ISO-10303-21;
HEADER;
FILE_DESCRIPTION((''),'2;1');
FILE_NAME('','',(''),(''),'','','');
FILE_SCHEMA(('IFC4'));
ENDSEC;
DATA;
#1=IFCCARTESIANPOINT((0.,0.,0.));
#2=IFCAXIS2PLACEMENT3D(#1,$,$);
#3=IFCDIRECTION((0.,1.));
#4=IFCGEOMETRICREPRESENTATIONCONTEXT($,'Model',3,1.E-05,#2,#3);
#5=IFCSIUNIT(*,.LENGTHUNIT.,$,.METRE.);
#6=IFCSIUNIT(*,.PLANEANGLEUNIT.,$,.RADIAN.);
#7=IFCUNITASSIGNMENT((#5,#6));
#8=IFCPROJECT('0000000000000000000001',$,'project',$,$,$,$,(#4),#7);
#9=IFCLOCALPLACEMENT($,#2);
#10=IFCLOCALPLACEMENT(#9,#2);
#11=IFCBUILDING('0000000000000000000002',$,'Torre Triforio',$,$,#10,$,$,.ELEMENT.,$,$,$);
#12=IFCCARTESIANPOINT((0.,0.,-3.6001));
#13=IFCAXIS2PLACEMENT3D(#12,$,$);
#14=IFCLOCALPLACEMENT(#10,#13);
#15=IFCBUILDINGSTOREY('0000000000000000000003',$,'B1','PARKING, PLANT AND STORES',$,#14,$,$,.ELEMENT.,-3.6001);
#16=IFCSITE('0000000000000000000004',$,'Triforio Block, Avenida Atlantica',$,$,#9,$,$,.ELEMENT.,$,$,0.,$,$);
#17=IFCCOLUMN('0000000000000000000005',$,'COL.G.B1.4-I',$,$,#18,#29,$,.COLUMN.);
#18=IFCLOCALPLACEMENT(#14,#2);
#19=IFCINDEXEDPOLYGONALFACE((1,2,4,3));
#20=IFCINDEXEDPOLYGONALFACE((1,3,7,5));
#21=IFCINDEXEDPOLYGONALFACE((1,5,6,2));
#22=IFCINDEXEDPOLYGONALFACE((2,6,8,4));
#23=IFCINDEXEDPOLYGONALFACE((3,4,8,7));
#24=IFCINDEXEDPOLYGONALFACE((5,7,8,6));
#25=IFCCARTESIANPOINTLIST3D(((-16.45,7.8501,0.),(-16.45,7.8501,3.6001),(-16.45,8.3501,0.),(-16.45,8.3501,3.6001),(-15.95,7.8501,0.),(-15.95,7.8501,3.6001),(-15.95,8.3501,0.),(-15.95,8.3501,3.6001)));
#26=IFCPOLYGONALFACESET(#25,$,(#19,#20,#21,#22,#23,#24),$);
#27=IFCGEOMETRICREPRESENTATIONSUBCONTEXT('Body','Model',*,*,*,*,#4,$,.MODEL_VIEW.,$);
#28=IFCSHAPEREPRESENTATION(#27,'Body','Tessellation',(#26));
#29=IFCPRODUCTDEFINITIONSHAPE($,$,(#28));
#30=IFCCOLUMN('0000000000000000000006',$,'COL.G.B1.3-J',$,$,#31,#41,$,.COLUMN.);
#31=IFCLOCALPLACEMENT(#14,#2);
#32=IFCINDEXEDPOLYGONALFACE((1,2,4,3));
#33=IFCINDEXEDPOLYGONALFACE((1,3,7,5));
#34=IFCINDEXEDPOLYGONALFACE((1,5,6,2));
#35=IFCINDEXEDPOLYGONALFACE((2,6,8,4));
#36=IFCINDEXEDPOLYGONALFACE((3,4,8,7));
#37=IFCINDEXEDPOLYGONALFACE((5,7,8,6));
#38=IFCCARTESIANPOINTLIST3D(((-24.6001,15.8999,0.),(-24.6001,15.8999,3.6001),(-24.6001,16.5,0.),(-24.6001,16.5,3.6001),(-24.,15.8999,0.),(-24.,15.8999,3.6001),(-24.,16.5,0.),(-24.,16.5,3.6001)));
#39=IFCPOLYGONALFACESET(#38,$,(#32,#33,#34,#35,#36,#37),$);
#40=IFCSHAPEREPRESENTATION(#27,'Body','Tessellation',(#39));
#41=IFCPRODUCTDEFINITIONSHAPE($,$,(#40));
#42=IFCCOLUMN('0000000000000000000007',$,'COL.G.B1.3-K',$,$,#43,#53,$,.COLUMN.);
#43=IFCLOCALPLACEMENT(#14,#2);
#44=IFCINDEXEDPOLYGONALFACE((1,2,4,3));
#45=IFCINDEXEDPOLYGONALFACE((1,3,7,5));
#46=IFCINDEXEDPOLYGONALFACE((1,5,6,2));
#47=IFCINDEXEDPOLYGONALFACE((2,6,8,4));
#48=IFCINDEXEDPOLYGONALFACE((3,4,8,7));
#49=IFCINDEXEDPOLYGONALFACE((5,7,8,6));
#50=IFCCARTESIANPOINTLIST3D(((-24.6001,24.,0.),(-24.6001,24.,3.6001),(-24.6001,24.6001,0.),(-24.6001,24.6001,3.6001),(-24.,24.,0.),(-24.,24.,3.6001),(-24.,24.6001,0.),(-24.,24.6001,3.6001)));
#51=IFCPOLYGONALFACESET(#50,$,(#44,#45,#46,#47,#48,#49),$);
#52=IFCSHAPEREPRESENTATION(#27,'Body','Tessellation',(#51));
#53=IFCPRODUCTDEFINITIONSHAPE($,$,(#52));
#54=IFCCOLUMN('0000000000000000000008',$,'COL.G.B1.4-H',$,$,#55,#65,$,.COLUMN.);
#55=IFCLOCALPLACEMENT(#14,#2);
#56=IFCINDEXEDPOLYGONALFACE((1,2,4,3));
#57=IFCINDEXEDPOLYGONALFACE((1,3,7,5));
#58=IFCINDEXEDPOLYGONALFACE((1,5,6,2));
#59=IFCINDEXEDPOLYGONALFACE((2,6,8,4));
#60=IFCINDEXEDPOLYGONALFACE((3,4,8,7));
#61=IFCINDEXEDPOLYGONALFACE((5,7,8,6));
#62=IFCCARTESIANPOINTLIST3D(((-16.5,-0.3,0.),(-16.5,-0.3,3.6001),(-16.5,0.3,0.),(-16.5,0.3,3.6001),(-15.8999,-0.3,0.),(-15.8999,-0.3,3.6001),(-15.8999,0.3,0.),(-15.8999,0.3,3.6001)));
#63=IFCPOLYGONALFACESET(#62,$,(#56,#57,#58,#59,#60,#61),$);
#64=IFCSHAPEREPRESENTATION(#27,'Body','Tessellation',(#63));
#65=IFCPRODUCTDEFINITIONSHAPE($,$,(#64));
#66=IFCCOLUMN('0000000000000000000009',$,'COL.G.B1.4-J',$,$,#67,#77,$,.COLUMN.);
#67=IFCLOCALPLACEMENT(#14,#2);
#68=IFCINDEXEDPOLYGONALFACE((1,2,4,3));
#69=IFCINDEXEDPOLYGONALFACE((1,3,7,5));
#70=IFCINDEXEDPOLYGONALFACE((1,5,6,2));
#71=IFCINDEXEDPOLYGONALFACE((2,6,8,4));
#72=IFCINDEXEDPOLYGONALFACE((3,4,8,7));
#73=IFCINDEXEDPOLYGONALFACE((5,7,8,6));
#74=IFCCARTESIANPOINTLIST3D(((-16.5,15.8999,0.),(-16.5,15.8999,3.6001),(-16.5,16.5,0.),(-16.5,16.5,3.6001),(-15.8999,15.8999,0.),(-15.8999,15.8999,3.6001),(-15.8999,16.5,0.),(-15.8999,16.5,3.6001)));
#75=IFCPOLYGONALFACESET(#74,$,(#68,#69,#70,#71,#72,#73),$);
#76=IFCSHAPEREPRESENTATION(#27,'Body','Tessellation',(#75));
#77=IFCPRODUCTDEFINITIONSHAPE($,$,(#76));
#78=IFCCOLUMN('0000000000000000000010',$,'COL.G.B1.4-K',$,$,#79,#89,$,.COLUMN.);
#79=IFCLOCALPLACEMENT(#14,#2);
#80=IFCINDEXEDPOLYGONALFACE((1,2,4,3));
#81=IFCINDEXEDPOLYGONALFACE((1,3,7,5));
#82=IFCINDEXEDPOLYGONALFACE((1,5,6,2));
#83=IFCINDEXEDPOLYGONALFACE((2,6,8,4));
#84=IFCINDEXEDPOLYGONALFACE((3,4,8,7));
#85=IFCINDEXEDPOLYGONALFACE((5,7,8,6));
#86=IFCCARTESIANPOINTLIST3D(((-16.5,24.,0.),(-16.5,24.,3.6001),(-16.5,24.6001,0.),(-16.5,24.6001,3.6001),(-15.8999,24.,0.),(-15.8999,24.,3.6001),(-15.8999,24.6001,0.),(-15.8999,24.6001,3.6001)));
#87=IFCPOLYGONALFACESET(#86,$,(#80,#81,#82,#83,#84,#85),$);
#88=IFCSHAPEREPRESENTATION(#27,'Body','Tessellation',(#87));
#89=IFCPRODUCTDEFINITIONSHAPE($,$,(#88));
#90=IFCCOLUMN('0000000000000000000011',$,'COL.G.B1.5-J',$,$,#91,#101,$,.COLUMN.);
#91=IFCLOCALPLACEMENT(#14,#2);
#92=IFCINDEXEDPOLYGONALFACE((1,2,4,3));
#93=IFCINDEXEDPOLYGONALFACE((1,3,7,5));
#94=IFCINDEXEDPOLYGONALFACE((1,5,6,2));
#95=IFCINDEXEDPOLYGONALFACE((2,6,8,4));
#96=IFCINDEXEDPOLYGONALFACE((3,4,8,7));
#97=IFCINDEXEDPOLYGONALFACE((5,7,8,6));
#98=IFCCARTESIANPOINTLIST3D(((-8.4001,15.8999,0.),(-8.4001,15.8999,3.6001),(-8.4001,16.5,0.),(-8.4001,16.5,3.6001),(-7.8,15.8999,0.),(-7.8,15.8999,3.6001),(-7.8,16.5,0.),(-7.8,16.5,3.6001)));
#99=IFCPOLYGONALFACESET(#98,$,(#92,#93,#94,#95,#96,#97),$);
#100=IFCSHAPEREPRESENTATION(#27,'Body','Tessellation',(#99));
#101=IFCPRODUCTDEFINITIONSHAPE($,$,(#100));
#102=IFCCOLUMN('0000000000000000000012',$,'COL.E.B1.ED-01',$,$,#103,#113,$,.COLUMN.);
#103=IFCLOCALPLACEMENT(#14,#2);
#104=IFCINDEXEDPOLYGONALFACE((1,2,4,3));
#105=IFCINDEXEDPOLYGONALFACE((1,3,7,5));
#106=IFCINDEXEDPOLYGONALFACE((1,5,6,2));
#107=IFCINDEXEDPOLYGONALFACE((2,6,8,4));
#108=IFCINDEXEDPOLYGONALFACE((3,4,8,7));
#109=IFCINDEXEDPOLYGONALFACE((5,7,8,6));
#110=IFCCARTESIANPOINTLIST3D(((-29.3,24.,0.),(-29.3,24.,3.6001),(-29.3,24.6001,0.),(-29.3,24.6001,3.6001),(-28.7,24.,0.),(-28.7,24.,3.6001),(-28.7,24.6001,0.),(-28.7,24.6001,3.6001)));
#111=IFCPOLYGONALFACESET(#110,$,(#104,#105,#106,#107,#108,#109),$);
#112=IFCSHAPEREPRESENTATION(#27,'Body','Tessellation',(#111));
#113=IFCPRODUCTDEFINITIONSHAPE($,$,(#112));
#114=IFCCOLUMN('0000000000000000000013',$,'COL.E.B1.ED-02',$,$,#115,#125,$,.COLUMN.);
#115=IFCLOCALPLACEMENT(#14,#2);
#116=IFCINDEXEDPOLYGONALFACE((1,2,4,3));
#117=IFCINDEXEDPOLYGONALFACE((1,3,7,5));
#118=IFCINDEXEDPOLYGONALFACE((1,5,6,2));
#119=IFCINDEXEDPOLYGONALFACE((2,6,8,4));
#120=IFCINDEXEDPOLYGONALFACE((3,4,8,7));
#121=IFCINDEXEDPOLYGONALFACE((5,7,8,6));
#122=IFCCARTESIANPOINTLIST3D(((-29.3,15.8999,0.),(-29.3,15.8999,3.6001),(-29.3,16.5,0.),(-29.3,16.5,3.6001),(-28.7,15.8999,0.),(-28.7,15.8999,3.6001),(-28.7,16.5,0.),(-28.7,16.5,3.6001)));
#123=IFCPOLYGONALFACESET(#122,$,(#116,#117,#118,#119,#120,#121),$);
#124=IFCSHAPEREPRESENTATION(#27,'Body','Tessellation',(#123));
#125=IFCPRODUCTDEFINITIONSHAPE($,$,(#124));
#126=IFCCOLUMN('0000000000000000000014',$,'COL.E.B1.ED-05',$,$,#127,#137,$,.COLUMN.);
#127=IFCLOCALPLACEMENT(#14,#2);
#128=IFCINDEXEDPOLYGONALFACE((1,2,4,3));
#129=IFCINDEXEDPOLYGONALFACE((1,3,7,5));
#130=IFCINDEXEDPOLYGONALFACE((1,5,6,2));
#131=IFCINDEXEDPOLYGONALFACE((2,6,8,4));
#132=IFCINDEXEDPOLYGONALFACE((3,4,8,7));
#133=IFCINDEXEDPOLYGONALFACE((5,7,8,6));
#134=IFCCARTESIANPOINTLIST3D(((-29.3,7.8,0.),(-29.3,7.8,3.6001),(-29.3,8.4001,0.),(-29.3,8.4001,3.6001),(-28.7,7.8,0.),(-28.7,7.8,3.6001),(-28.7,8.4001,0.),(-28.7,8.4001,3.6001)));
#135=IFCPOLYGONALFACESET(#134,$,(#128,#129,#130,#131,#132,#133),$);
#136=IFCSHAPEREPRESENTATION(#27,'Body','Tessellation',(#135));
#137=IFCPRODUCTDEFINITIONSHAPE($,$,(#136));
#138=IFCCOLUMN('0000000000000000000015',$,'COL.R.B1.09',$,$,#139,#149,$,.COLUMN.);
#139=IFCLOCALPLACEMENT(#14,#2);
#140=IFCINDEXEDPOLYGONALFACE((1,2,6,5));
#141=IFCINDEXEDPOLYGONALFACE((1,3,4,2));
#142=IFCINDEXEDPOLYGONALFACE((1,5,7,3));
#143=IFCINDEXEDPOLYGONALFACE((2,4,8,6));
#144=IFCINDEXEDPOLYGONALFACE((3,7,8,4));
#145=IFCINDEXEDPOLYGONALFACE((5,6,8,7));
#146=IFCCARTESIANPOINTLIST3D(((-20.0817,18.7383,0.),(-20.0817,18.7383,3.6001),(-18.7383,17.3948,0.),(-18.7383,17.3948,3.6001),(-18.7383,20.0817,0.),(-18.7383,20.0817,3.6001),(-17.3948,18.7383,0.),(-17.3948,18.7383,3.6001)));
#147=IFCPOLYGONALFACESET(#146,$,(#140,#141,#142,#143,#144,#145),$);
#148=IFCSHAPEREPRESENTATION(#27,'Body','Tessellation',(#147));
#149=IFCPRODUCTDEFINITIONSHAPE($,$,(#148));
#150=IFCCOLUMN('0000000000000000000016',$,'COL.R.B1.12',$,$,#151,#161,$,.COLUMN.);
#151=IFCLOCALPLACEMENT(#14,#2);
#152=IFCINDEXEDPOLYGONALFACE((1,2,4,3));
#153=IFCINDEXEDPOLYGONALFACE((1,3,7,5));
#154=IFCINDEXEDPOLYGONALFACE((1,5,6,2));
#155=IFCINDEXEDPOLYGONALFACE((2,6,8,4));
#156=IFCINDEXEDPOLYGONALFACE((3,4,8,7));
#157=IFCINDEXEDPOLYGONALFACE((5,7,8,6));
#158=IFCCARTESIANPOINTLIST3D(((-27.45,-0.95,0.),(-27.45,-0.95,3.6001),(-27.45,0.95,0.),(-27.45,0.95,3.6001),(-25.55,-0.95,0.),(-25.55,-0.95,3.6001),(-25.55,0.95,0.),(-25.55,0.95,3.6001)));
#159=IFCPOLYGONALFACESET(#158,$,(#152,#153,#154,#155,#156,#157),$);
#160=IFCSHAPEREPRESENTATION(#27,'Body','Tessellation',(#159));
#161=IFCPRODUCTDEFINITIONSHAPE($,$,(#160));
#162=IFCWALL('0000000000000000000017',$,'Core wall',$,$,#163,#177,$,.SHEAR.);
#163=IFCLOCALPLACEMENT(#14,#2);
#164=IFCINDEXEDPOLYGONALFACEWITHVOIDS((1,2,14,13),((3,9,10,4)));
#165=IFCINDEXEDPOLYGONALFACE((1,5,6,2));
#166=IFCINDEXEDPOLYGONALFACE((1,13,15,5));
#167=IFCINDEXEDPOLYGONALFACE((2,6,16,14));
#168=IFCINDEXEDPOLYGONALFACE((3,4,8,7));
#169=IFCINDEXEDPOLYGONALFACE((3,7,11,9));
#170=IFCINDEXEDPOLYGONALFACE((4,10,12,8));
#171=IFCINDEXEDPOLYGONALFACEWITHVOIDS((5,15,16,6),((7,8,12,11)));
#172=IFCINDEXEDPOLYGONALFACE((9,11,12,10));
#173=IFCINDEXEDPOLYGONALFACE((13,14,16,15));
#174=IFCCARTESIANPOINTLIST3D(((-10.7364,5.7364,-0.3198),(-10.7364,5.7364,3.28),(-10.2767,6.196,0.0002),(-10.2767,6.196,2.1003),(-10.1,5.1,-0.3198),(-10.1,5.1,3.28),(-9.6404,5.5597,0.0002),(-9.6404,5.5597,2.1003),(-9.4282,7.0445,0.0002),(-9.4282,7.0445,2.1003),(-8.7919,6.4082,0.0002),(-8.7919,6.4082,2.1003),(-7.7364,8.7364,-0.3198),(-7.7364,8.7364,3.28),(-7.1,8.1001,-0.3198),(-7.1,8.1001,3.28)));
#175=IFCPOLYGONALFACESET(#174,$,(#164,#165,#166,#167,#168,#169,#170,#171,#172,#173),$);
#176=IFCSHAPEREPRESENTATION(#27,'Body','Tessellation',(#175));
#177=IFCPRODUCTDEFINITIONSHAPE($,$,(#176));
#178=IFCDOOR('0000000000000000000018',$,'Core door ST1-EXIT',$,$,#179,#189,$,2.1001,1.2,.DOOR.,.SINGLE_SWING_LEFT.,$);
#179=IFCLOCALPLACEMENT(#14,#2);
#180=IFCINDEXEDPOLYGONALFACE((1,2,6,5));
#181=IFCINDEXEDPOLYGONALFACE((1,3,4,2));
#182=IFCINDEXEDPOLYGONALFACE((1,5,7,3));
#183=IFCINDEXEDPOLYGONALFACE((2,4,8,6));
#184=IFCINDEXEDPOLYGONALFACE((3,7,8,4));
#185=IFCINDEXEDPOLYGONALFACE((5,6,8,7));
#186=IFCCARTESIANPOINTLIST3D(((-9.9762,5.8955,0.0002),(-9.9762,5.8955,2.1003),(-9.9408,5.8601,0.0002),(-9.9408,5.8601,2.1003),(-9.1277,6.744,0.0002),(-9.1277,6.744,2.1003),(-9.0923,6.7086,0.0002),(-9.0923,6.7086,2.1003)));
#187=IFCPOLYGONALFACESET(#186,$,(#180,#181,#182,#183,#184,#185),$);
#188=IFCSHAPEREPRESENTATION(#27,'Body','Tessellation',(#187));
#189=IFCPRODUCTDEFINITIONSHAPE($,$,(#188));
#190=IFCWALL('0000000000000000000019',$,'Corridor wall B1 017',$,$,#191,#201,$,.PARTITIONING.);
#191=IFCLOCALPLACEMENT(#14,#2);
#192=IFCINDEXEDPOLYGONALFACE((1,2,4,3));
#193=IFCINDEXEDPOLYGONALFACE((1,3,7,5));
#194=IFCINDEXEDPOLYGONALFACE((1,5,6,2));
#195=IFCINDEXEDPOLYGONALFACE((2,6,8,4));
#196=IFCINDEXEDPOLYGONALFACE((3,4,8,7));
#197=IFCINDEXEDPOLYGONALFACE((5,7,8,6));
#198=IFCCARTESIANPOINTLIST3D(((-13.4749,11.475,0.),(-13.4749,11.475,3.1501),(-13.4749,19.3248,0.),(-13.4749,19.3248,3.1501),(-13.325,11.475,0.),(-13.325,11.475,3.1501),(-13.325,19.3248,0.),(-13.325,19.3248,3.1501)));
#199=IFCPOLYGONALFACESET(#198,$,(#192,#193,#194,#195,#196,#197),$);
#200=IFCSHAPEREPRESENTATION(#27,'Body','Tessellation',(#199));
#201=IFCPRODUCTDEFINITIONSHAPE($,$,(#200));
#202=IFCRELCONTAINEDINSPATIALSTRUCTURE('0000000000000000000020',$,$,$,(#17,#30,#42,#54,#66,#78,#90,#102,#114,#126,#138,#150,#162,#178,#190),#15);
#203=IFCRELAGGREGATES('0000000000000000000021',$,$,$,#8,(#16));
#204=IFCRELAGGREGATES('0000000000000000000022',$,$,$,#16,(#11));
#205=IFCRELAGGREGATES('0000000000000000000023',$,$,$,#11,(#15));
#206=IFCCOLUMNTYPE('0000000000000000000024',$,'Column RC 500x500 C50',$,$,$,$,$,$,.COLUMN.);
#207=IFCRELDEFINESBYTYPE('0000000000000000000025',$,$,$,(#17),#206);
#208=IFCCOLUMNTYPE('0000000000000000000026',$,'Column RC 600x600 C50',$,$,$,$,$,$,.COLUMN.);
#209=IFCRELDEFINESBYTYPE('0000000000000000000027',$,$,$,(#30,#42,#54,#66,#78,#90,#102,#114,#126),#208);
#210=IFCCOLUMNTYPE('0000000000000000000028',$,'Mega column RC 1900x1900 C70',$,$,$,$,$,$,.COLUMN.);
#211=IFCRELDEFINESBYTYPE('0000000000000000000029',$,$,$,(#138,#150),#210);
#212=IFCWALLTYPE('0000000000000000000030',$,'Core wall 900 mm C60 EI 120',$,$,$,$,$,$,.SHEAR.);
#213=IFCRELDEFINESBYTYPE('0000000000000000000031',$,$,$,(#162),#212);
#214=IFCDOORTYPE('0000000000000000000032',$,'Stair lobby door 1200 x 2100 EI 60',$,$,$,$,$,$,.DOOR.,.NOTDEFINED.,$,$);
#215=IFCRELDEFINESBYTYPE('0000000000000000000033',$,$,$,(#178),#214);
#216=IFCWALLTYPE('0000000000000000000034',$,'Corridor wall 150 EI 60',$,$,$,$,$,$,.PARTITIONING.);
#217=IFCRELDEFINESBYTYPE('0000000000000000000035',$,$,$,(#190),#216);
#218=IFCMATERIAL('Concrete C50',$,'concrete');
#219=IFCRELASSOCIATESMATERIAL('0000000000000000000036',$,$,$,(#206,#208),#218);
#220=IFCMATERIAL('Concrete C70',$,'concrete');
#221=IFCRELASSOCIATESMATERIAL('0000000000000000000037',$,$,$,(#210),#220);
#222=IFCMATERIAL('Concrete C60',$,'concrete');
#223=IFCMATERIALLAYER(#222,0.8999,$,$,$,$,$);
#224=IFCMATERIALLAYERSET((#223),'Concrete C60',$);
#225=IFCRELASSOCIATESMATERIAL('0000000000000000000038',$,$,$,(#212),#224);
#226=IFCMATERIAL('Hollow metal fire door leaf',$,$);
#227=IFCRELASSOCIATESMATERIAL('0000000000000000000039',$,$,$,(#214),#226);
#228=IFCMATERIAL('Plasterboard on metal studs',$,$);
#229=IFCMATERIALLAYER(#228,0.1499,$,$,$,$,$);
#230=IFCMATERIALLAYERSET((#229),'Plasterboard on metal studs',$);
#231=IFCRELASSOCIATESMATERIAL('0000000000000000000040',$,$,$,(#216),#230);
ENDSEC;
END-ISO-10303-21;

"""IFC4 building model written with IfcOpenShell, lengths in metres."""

from ifc_helpers import new_model, si_unit, direction, frame, frame_2d, origin, origin_2d, place, context, subcontext, project, spatial, rectangle, extrude, material, layer, layer_set, material_profile, profile_set, type_object, element, fill, save


model = new_model("IFC4")

# Units and contexts
model_context = context("Model", 3, precision=1e-05, world=origin(), true_north=direction((0.0, 1.0)))
body_context = subcontext(model_context, "Body", "Model", "MODEL_VIEW")
ifc_project = project(units=[si_unit("LENGTHUNIT", "METRE"), si_unit("PLANEANGLEUNIT", "RADIAN")], contexts=[model_context])

# Site, building, storey
site_placement = place(None, origin())
site = spatial("IfcSite", under=ifc_project, at=site_placement, Name="Triforio Block, Avenida Atlantica", CompositionType="ELEMENT", RefElevation=0.0)
building_placement = place(site_placement, origin())
building = spatial("IfcBuilding", under=site, at=building_placement, Name="Torre Triforio", CompositionType="ELEMENT")
storey_placement = place(building_placement, frame((0.0, 0.0, -3.6001)))
storey = spatial("IfcBuildingStorey", under=building, at=storey_placement, Name="B1", Description="PARKING, PLANT AND STORES", CompositionType="ELEMENT", Elevation=-3.6001)

# Columns
ifc_material_1 = material(Name="Concrete C50", Category="concrete")
ifc_material_profile_1 = material_profile(ifc_material_1, rectangle(XDim=0.5, YDim=0.5, at=origin_2d()), Name="RC 500x500")
ifc_profile_set_1 = profile_set([ifc_material_profile_1], Name="Concrete C50")
column_type_1 = type_object("IfcColumnType", Name="Column RC 500x500 C50", PredefinedType="COLUMN", material=ifc_profile_set_1)
column_placement = place(storey_placement, frame((-16.2, 8.1001, 0.0), z_axis=(0.0, 0.0, 1.0), x_axis=(1.0, 0.0, 0.0)))
element("IfcColumn", 1, at=column_placement, inside=storey, type_object=column_type_1, Name="COL.G.B1.4-I", PredefinedType="COLUMN", context=body_context, shape_type="SweptSolid", body=[
    extrude(rectangle(XDim=0.5, YDim=0.5, at=origin_2d()), origin(), (0.0, 0.0, 1.0), 3.6001),
])
ifc_material_profile_2 = material_profile(ifc_material_1, rectangle(XDim=0.6001, YDim=0.6001, at=origin_2d()), Name="RC 600x600")
ifc_profile_set_2 = profile_set([ifc_material_profile_2], Name="Concrete C50")
column_type_2 = type_object("IfcColumnType", Name="Column RC 600x600 C50", PredefinedType="COLUMN", material=ifc_profile_set_2)
for number, where, z_axis, x_axis, name in (
    (2, (-24.3, 16.2, 0.0), (0.0, 0.0, 1.0), (1.0, 0.0, 0.0), "COL.G.B1.3-J"),
    (3, (-24.3, 24.3, 0.0), (0.0, 0.0, 1.0), (1.0, 0.0, 0.0), "COL.G.B1.3-K"),
    (4, (-16.2, 0.0, 0.0), (0.0, 0.0, 1.0), (1.0, 0.0, 0.0), "COL.G.B1.4-H"),
    (5, (-16.2, 16.2, 0.0), (0.0, 0.0, 1.0), (1.0, 0.0, 0.0), "COL.G.B1.4-J"),
    (6, (-16.2, 24.3, 0.0), (0.0, 0.0, 1.0), (1.0, 0.0, 0.0), "COL.G.B1.4-K"),
    (7, (-8.1001, 16.2, 0.0), (0.0, 0.0, 1.0), (1.0, 0.0, 0.0), "COL.G.B1.5-J"),
    (8, (-29.0, 24.3, 0.0), (0.0, 0.0, 1.0), (1.0, 0.0, 0.0), "COL.E.B1.ED-01"),
    (9, (-29.0, 16.2, 0.0), (0.0, 0.0, 1.0), (1.0, 0.0, 0.0), "COL.E.B1.ED-02"),
    (10, (-29.0, 8.1001, 0.0), (0.0, 0.0, 1.0), (1.0, 0.0, 0.0), "COL.E.B1.ED-05"),
):
    element("IfcColumn", number, at=place(storey_placement, frame(where, z_axis=z_axis, x_axis=x_axis)), inside=storey, type_object=column_type_2, Name=name, PredefinedType="COLUMN", context=body_context, shape_type="SweptSolid", body=[
        extrude(rectangle(XDim=0.6001, YDim=0.6001, at=origin_2d()), origin(), (0.0, 0.0, 1.0), 3.6001),
    ])
ifc_material_2 = material(Name="Concrete C70", Category="concrete")
ifc_material_profile_3 = material_profile(ifc_material_2, rectangle(XDim=1.8999, YDim=1.8999, at=origin_2d()), Name="RC 1900x1900")
ifc_profile_set_3 = profile_set([ifc_material_profile_3], Name="Concrete C70")
column_type_3 = type_object("IfcColumnType", Name="Mega column RC 1900x1900 C70", PredefinedType="COLUMN", material=ifc_profile_set_3)
for number, where, z_axis, x_axis, name in (
    (11, (-18.7383, 18.7383, 0.0), (0.0, 0.0, 1.0), (-0.707107, -0.707107, 0.0), "COL.R.B1.09"),
    (12, (-26.5, 0.0, 0.0), (0.0, 0.0, 1.0), (0.0, -1.0, 0.0), "COL.R.B1.12"),
):
    element("IfcColumn", number, at=place(storey_placement, frame(where, z_axis=z_axis, x_axis=x_axis)), inside=storey, type_object=column_type_3, Name=name, PredefinedType="COLUMN", context=body_context, shape_type="SweptSolid", body=[
        extrude(rectangle(XDim=1.8999, YDim=1.8999, at=origin_2d()), origin(), (0.0, 0.0, 1.0), 3.6001),
    ])

# Wall, opening, door
ifc_material_3 = material(Name="Concrete C60", Category="concrete")
ifc_layer_1 = layer(ifc_material_3, 0.8999)
ifc_layer_set_1 = layer_set([ifc_layer_1], Name="Concrete C60")
wall_type_1 = type_object("IfcWallType", Name="Core wall 900 mm C60 EI 120", PredefinedType="SHEAR", material=ifc_layer_set_1)
wall_1_placement = place(storey_placement, frame((-10.4182, 5.4182, -0.3198), z_axis=(0.0, 0.0, 1.0), x_axis=(0.707107, 0.707107, 0.0)))
wall_1 = element("IfcWall", 13, at=wall_1_placement, inside=storey, type_object=wall_type_1, Name="Core wall", PredefinedType="SHEAR", context=body_context, shape_type="SweptSolid", body=[
    extrude(rectangle(XDim=4.2427, YDim=0.8999, at=frame_2d((2.1213, 0.0))), origin(), (0.0, 0.0, 1.0), 3.5999),
])
opening_1_placement = place(wall_1_placement, frame((0.6499, 0.0, 0.3201)))
opening_1 = element("IfcOpeningElement", 14, at=opening_1_placement, cuts=wall_1, PredefinedType="OPENING", context=body_context, shape_type="SweptSolid", body=[
    extrude(rectangle(XDim=1.2, YDim=2.1001, at=frame_2d((0.6001, 1.05))), frame((0.0, 0.46, 0.0), z_axis=(0.0, -1.0, 0.0), x_axis=(1.0, 0.0, 0.0)), (0.0, 0.0, 1.0), 0.9199),
])
ifc_material_4 = material(Name="Hollow metal fire door leaf")
door_type_1 = type_object("IfcDoorType", Name="Stair lobby door 1200 x 2100 EI 60", OperationType="NOTDEFINED", PredefinedType="DOOR", material=ifc_material_4)
door_1_placement = place(opening_1_placement, origin())
door_1 = element("IfcDoor", 15, at=door_1_placement, inside=storey, type_object=door_type_1, Name="Core door ST1-EXIT", OperationType="SINGLE_SWING_LEFT", OverallHeight=2.1001, OverallWidth=1.2, PredefinedType="DOOR", context=body_context, shape_type="SweptSolid", body=[
    extrude(rectangle(XDim=1.2, YDim=2.1001, at=frame_2d((0.6001, 1.05))), frame((0.0, 0.0249, 0.0), z_axis=(0.0, -1.0, 0.0), x_axis=(1.0, 0.0, 0.0)), (0.0, 0.0, 1.0), 0.05),
])
fill(opening_1, door_1)

# Wall
ifc_material_5 = material(Name="Plasterboard on metal studs")
ifc_layer_2 = layer(ifc_material_5, 0.1499)
ifc_layer_set_2 = layer_set([ifc_layer_2], Name="Plasterboard on metal studs")
wall_type_2 = type_object("IfcWallType", Name="Corridor wall 150 EI 60", PredefinedType="PARTITIONING", material=ifc_layer_set_2)
wall_2_placement = place(storey_placement, frame((-13.3999, 11.4751, 0.0), z_axis=(0.0, 0.0, 1.0), x_axis=(0.0, 1.0, 0.0)))
element("IfcWall", 16, at=wall_2_placement, inside=storey, type_object=wall_type_2, Name="Corridor wall B1 017", PredefinedType="PARTITIONING", context=body_context, shape_type="SweptSolid", body=[
    extrude(rectangle(XDim=7.8499, YDim=0.1499, at=frame_2d((3.9248, 0.0))), origin(), (0.0, 0.0, 1.0), 3.1501),
])

save(model, "model.ifc")
